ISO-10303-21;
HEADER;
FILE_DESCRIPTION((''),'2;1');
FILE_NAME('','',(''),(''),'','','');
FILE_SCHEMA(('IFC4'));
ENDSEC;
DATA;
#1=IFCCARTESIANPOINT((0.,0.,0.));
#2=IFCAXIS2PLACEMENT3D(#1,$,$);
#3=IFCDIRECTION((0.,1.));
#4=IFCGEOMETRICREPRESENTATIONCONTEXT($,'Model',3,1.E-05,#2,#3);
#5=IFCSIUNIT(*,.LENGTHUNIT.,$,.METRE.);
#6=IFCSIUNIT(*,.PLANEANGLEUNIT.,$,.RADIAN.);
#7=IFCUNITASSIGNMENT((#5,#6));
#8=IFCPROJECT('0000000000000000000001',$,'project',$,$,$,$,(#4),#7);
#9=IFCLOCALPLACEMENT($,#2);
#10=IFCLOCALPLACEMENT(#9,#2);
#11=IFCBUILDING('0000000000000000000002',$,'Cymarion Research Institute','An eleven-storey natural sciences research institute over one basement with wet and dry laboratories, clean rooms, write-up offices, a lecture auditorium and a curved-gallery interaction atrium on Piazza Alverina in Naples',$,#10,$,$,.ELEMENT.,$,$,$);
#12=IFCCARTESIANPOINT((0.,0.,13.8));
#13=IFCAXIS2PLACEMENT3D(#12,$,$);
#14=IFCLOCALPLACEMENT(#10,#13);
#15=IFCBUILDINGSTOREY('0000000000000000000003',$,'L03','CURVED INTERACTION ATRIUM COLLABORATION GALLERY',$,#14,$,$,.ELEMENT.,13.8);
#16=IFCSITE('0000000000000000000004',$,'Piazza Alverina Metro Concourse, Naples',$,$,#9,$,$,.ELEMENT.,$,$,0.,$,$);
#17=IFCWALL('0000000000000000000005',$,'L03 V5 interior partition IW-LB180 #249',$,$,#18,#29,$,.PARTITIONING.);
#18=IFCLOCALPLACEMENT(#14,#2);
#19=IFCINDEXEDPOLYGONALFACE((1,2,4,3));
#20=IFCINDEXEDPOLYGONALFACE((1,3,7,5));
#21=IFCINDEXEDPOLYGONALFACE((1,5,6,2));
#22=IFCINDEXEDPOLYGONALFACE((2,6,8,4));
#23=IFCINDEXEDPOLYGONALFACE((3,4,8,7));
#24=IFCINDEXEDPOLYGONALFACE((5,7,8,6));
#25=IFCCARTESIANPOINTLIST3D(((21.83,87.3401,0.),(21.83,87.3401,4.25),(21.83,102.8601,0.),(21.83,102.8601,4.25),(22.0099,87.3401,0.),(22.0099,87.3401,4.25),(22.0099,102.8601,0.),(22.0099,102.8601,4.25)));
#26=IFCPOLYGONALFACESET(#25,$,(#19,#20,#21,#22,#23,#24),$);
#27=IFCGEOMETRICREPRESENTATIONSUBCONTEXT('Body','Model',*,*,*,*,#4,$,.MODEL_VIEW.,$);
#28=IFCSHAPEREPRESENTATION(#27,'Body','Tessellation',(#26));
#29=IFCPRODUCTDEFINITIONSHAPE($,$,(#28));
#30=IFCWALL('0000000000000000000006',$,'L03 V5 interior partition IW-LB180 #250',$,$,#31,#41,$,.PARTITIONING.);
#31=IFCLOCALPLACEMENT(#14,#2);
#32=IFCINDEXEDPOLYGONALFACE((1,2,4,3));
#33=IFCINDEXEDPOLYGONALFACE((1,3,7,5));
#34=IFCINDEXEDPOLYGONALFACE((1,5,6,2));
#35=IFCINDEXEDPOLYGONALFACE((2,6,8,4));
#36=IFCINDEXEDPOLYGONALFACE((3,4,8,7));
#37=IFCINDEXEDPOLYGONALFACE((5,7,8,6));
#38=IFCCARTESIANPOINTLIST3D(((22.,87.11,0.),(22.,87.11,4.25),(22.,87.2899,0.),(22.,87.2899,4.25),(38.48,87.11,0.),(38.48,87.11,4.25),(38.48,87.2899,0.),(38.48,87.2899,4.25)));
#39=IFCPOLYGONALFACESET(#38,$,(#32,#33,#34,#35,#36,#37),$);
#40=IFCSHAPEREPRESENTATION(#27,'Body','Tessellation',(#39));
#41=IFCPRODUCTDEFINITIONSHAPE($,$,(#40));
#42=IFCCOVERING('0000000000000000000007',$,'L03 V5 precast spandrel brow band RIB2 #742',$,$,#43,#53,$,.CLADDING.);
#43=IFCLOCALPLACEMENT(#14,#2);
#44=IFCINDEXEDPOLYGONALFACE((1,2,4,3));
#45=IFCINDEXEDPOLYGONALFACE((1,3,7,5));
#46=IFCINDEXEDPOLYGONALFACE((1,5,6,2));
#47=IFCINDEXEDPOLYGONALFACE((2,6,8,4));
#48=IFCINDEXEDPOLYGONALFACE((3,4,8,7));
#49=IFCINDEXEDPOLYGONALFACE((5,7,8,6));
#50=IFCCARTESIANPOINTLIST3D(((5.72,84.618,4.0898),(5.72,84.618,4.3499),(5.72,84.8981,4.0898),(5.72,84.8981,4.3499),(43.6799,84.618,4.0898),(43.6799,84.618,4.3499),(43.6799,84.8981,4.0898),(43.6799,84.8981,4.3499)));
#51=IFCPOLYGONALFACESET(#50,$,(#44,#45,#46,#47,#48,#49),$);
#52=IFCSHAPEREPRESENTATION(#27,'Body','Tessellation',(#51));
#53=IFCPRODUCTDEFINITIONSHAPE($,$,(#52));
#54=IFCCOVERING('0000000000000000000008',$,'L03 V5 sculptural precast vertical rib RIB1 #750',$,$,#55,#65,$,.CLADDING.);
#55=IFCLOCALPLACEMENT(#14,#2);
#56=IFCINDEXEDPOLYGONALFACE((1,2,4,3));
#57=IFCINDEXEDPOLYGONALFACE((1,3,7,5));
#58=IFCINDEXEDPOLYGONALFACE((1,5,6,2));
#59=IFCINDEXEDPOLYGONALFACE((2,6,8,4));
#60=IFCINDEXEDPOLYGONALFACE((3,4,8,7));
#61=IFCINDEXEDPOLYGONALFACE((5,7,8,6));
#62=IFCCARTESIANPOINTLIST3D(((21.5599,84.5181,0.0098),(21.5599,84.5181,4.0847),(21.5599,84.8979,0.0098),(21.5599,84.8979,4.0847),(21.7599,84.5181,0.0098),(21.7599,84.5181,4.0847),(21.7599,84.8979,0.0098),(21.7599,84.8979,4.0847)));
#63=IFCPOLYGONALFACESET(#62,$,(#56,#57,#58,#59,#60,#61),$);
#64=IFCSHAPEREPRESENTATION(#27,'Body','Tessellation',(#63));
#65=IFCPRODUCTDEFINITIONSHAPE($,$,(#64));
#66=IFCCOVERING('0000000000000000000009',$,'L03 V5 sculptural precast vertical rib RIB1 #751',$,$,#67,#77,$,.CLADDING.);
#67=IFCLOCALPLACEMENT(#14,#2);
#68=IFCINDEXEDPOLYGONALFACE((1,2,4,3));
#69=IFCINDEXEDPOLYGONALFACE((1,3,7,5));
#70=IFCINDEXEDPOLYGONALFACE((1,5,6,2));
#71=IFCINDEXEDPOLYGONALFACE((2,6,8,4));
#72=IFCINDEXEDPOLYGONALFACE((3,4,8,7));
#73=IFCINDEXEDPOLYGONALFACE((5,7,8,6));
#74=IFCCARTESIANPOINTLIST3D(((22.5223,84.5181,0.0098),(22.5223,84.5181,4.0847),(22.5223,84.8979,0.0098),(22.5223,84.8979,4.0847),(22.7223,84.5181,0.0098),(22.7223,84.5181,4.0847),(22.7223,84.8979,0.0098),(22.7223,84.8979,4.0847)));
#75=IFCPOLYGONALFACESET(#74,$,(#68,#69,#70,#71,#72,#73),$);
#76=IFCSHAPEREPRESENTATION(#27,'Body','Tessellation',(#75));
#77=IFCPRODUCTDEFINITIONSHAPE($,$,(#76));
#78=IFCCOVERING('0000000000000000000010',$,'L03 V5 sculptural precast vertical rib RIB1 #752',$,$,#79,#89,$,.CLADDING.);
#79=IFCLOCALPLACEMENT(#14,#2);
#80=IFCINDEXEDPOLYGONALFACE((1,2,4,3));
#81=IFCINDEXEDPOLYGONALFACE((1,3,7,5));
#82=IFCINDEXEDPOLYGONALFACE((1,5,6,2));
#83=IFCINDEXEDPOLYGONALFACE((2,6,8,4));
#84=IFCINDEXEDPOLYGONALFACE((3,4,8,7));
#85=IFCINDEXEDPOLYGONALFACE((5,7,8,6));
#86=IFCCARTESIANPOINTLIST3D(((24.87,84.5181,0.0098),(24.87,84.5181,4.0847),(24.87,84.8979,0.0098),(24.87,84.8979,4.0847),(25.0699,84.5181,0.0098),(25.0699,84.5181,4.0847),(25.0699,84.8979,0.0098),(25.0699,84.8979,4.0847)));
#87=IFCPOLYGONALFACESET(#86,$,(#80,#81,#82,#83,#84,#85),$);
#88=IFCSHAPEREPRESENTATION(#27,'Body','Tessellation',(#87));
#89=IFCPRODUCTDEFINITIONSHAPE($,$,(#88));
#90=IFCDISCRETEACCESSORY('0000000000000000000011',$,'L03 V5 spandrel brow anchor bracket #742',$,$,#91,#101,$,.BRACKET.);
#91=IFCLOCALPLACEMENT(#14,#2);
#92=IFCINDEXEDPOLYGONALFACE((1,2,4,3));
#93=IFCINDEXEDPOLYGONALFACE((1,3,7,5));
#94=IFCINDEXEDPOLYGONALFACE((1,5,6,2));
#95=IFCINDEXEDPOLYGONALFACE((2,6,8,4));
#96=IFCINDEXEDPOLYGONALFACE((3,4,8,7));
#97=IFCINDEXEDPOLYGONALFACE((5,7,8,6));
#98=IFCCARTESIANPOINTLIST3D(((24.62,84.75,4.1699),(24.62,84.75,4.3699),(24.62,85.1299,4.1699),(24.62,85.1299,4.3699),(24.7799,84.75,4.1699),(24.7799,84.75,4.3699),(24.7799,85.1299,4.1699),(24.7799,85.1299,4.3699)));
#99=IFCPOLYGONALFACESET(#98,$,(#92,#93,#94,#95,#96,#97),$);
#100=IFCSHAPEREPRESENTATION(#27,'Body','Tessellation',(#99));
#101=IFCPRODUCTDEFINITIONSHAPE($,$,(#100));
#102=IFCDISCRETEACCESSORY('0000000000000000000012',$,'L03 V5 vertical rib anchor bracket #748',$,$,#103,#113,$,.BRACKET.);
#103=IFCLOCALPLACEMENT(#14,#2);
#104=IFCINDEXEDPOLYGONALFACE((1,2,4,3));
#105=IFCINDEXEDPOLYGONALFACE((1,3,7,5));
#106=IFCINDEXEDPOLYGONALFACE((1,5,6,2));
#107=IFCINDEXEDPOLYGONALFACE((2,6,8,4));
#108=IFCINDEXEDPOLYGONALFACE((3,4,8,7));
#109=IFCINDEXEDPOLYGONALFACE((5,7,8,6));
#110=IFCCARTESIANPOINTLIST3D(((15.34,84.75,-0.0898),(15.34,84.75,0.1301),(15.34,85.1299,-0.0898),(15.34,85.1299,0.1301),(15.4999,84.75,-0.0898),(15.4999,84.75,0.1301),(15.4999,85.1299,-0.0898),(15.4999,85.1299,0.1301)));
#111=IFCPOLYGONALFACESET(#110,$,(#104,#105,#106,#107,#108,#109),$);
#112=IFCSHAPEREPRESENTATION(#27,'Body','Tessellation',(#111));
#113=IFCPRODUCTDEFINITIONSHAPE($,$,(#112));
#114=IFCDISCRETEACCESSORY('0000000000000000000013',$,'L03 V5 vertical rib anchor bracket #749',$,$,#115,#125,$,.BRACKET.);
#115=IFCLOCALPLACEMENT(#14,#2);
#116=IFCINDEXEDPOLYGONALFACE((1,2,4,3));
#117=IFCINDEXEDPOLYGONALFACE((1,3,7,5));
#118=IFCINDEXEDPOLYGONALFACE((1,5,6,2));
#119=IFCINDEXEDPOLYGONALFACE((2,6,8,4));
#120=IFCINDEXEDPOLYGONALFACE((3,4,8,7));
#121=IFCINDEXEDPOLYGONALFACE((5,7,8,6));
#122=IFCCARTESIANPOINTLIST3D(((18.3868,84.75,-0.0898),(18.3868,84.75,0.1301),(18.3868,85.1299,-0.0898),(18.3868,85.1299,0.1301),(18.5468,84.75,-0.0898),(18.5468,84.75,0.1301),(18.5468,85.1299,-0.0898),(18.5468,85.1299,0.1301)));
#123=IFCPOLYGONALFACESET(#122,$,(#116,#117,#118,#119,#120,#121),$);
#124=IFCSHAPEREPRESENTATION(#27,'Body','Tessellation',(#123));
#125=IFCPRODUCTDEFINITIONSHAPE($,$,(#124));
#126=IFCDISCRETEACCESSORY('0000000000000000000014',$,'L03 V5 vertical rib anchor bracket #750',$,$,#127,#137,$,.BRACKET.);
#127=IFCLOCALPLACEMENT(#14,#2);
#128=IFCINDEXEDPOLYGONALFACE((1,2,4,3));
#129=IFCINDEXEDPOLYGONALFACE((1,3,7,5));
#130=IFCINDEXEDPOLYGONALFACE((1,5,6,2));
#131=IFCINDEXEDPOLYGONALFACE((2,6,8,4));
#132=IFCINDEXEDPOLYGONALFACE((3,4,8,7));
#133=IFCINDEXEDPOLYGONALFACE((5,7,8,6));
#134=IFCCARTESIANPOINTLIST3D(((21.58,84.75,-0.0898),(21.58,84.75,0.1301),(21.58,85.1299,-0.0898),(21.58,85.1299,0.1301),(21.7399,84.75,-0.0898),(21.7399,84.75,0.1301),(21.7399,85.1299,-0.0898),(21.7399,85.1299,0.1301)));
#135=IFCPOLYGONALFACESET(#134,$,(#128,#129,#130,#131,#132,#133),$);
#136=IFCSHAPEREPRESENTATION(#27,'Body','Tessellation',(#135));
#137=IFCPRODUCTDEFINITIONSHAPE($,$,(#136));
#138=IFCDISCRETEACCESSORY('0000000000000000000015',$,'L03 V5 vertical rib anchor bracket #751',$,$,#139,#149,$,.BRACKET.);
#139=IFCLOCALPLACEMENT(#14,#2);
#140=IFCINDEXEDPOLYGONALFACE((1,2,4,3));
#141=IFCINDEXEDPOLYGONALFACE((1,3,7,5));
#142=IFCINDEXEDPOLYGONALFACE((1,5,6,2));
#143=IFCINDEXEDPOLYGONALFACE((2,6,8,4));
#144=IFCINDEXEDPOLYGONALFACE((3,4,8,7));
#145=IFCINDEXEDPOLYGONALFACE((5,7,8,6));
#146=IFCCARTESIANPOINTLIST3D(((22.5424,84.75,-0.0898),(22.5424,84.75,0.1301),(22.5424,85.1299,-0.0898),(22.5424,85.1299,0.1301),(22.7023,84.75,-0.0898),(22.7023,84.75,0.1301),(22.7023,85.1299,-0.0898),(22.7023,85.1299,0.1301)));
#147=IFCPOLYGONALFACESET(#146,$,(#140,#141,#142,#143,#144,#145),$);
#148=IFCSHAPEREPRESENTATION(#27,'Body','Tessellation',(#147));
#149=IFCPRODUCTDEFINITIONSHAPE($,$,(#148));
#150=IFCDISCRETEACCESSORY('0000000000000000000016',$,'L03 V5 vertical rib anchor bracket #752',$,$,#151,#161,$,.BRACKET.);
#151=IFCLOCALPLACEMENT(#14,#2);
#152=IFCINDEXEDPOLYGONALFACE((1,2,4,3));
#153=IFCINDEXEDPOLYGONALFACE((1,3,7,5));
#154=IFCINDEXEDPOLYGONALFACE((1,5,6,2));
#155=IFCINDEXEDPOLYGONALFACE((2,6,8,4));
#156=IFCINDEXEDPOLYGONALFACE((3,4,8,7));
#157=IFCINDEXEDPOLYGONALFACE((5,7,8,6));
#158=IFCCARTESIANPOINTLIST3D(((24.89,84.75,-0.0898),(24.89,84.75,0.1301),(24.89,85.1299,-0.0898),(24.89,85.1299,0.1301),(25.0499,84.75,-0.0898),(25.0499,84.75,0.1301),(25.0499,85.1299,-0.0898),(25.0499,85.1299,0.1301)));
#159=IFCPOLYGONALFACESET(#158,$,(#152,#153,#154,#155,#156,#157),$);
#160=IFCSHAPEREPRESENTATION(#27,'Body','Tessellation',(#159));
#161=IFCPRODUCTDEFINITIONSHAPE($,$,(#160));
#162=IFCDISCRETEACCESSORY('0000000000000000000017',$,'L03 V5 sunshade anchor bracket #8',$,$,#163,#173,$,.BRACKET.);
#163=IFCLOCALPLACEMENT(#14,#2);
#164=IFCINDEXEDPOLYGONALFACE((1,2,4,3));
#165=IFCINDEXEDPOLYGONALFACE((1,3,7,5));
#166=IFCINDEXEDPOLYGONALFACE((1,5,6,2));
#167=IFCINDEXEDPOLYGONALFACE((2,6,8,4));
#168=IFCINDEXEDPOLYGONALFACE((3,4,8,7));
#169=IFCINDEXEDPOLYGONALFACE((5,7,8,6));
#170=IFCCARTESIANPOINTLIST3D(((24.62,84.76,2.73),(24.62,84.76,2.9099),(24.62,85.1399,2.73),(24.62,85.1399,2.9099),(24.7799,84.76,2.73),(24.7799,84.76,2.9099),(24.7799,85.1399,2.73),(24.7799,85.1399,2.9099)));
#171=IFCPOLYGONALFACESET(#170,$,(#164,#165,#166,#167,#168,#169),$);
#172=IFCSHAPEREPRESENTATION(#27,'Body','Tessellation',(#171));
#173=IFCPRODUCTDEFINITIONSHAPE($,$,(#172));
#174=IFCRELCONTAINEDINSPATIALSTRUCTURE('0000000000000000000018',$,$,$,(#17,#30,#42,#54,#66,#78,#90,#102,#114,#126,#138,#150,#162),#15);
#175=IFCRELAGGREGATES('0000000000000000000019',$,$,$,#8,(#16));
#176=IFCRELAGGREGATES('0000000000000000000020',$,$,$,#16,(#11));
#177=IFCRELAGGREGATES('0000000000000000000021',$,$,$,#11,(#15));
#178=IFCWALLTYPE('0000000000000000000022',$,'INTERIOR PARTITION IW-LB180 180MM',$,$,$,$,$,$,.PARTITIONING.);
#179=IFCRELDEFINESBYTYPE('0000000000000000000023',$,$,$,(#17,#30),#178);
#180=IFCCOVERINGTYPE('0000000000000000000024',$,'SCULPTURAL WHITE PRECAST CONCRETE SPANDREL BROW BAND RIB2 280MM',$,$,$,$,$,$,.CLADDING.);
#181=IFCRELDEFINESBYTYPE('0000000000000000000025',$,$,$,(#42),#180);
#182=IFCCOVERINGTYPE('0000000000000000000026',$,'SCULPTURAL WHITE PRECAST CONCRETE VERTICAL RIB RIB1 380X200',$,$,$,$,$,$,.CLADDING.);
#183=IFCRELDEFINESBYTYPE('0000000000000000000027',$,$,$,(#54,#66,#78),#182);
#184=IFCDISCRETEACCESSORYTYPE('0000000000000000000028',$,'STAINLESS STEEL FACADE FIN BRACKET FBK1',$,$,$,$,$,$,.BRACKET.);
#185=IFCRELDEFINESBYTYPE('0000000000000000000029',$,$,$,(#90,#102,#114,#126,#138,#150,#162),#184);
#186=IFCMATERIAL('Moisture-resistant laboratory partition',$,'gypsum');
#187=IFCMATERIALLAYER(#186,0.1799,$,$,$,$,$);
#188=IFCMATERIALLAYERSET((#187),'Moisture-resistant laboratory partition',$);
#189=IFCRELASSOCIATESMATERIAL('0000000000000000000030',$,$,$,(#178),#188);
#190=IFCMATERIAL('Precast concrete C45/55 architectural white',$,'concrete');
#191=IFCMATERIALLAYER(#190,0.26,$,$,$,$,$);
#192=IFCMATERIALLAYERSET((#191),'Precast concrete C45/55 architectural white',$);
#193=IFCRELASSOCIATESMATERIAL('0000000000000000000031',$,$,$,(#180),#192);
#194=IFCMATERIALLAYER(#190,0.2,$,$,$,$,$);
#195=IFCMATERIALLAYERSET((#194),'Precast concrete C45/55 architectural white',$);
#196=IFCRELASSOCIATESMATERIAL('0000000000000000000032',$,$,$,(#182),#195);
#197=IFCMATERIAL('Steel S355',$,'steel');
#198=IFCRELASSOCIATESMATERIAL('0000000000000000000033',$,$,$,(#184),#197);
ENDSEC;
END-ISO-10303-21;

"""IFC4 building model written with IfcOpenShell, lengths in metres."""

from ifc_helpers import new_model, si_unit, direction, frame, frame_2d, origin, origin_2d, place, context, subcontext, project, spatial, rectangle, extrude, material, layer, layer_set, type_object, element, save


model = new_model("IFC4")

# Units and contexts
model_context = context("Model", 3, precision=1e-05, world=origin(), true_north=direction((0.0, 1.0)))
body_context = subcontext(model_context, "Body", "Model", "MODEL_VIEW")
ifc_project = project(units=[si_unit("LENGTHUNIT", "METRE"), si_unit("PLANEANGLEUNIT", "RADIAN")], contexts=[model_context])

# Site, building, storey
site_placement = place(None, origin())
site = spatial("IfcSite", under=ifc_project, at=site_placement, Name="Piazza Alverina Metro Concourse, Naples", CompositionType="ELEMENT", RefElevation=0.0)
building_placement = place(site_placement, origin())
building = spatial("IfcBuilding", under=site, at=building_placement, Name="Cymarion Research Institute", Description="An eleven-storey natural sciences research institute over one basement with wet and dry laboratories, clean rooms, write-up offices, a lecture auditorium and a curved-gallery interaction atrium on Piazza Alverina in Naples", CompositionType="ELEMENT")
storey_placement = place(building_placement, frame((0.0, 0.0, 13.8)))
storey = spatial("IfcBuildingStorey", under=building, at=storey_placement, Name="L03", Description="CURVED INTERACTION ATRIUM COLLABORATION GALLERY", CompositionType="ELEMENT", Elevation=13.8)

# Shared definitions
ifc_material_1 = material(Name="Steel S355", Category="steel")

# Walls
ifc_material_2 = material(Name="Moisture-resistant laboratory partition", Category="gypsum")
ifc_layer_1 = layer(ifc_material_2, 0.1799)
ifc_layer_set_1 = layer_set([ifc_layer_1], Name="Moisture-resistant laboratory partition")
wall_type = type_object("IfcWallType", Name="INTERIOR PARTITION IW-LB180 180MM", PredefinedType="PARTITIONING", material=ifc_layer_set_1)
wall_1_placement = place(storey_placement, frame((21.9199, 87.3401, 0.0), z_axis=(0.0, 0.0, 1.0), x_axis=(0.0, 1.0, 0.0)))
element("IfcWall", 1, at=wall_1_placement, inside=storey, type_object=wall_type, Name="L03 V5 interior partition IW-LB180 #249", PredefinedType="PARTITIONING", context=body_context, shape_type="SweptSolid", body=[
    extrude(rectangle(XDim=15.52, YDim=0.1799, at=frame_2d((7.76, 0.0))), origin(), (0.0, 0.0, 1.0), 4.25),
])
wall_2_placement = place(storey_placement, frame((22.0, 87.2, 0.0), z_axis=(0.0, 0.0, 1.0), x_axis=(1.0, 0.0, 0.0)))
element("IfcWall", 2, at=wall_2_placement, inside=storey, type_object=wall_type, Name="L03 V5 interior partition IW-LB180 #250", PredefinedType="PARTITIONING", context=body_context, shape_type="SweptSolid", body=[
    extrude(rectangle(XDim=16.48, YDim=0.1799, at=frame_2d((8.24, 0.0))), origin(), (0.0, 0.0, 1.0), 4.25),
])

# Coverings
ifc_material_3 = material(Name="Precast concrete C45/55 architectural white", Category="concrete")
ifc_layer_2 = layer(ifc_material_3, 0.26)
ifc_layer_set_2 = layer_set([ifc_layer_2], Name="Precast concrete C45/55 architectural white")
covering_type_1 = type_object("IfcCoveringType", Name="SCULPTURAL WHITE PRECAST CONCRETE SPANDREL BROW BAND RIB2 280MM", PredefinedType="CLADDING", material=ifc_layer_set_2)
covering_placement = place(storey_placement, frame((24.7, 84.7581, 4.0898), z_axis=(0.0, 0.0, 1.0), x_axis=(0.0, -1.0, 0.0)))
element("IfcCovering", 3, at=covering_placement, inside=storey, type_object=covering_type_1, Name="L03 V5 precast spandrel brow band RIB2 #742", PredefinedType="CLADDING", context=body_context, shape_type="SweptSolid", body=[
    extrude(rectangle(XDim=0.28, YDim=37.96, at=origin_2d()), origin(), (0.0, 0.0, 1.0), 0.26),
])
ifc_layer_3 = layer(ifc_material_3, 0.2)
ifc_layer_set_3 = layer_set([ifc_layer_3], Name="Precast concrete C45/55 architectural white")
covering_type_2 = type_object("IfcCoveringType", Name="SCULPTURAL WHITE PRECAST CONCRETE VERTICAL RIB RIB1 380X200", PredefinedType="CLADDING", material=ifc_layer_set_3)
for number, where, z_axis, x_axis, name in (
    (4, (21.6599, 84.708, 0.0098), (0.0, 0.0, 1.0), (0.0, -1.0, 0.0), "L03 V5 sculptural precast vertical rib RIB1 #750"),
    (5, (22.6223, 84.708, 0.0098), (0.0, 0.0, 1.0), (0.0, -1.0, 0.0), "L03 V5 sculptural precast vertical rib RIB1 #751"),
    (6, (24.97, 84.708, 0.0098), (0.0, 0.0, 1.0), (0.0, -1.0, 0.0), "L03 V5 sculptural precast vertical rib RIB1 #752"),
):
    element("IfcCovering", number, at=place(storey_placement, frame(where, z_axis=z_axis, x_axis=x_axis)), inside=storey, type_object=covering_type_2, Name=name, PredefinedType="CLADDING", context=body_context, shape_type="SweptSolid", body=[
        extrude(rectangle(XDim=0.3799, YDim=0.2, at=origin_2d()), origin(), (0.0, 0.0, 1.0), 4.075),
    ])

# Discrete accessories
discrete_accessory_type = type_object("IfcDiscreteAccessoryType", Name="STAINLESS STEEL FACADE FIN BRACKET FBK1", PredefinedType="BRACKET", material=ifc_material_1)
discrete_accessory_1_placement = place(storey_placement, frame((24.7, 84.9399, 4.1699), z_axis=(0.0, 0.0, 1.0), x_axis=(0.0, -1.0, 0.0)))
element("IfcDiscreteAccessory", 7, at=discrete_accessory_1_placement, inside=storey, type_object=discrete_accessory_type, Name="L03 V5 spandrel brow anchor bracket #742", PredefinedType="BRACKET", context=body_context, shape_type="SweptSolid", body=[
    extrude(rectangle(XDim=0.3799, YDim=0.1599, at=origin_2d()), origin(), (0.0, 0.0, 1.0), 0.2),
])
for number, where, z_axis, x_axis, name in (
    (8, (15.4199, 84.9399, -0.0898), (0.0, 0.0, 1.0), (0.0, -1.0, 0.0), "L03 V5 vertical rib anchor bracket #748"),
    (9, (18.4668, 84.9399, -0.0898), (0.0, 0.0, 1.0), (0.0, -1.0, 0.0), "L03 V5 vertical rib anchor bracket #749"),
    (10, (21.6599, 84.9399, -0.0898), (0.0, 0.0, 1.0), (0.0, -1.0, 0.0), "L03 V5 vertical rib anchor bracket #750"),
    (11, (22.6223, 84.9399, -0.0898), (0.0, 0.0, 1.0), (0.0, -1.0, 0.0), "L03 V5 vertical rib anchor bracket #751"),
    (12, (24.97, 84.9399, -0.0898), (0.0, 0.0, 1.0), (0.0, -1.0, 0.0), "L03 V5 vertical rib anchor bracket #752"),
):
    element("IfcDiscreteAccessory", number, at=place(storey_placement, frame(where, z_axis=z_axis, x_axis=x_axis)), inside=storey, type_object=discrete_accessory_type, Name=name, PredefinedType="BRACKET", context=body_context, shape_type="SweptSolid", body=[
        extrude(rectangle(XDim=0.3799, YDim=0.1599, at=origin_2d()), origin(), (0.0, 0.0, 1.0), 0.22),
    ])
discrete_accessory_2_placement = place(storey_placement, frame((24.7, 84.95, 2.73), z_axis=(0.0, 0.0, 1.0), x_axis=(0.0, -1.0, 0.0)))
element("IfcDiscreteAccessory", 13, at=discrete_accessory_2_placement, inside=storey, type_object=discrete_accessory_type, Name="L03 V5 sunshade anchor bracket #8", PredefinedType="BRACKET", context=body_context, shape_type="SweptSolid", body=[
    extrude(rectangle(XDim=0.3799, YDim=0.1599, at=origin_2d()), origin(), (0.0, 0.0, 1.0), 0.1799),
])

save(model, "model.ifc")
